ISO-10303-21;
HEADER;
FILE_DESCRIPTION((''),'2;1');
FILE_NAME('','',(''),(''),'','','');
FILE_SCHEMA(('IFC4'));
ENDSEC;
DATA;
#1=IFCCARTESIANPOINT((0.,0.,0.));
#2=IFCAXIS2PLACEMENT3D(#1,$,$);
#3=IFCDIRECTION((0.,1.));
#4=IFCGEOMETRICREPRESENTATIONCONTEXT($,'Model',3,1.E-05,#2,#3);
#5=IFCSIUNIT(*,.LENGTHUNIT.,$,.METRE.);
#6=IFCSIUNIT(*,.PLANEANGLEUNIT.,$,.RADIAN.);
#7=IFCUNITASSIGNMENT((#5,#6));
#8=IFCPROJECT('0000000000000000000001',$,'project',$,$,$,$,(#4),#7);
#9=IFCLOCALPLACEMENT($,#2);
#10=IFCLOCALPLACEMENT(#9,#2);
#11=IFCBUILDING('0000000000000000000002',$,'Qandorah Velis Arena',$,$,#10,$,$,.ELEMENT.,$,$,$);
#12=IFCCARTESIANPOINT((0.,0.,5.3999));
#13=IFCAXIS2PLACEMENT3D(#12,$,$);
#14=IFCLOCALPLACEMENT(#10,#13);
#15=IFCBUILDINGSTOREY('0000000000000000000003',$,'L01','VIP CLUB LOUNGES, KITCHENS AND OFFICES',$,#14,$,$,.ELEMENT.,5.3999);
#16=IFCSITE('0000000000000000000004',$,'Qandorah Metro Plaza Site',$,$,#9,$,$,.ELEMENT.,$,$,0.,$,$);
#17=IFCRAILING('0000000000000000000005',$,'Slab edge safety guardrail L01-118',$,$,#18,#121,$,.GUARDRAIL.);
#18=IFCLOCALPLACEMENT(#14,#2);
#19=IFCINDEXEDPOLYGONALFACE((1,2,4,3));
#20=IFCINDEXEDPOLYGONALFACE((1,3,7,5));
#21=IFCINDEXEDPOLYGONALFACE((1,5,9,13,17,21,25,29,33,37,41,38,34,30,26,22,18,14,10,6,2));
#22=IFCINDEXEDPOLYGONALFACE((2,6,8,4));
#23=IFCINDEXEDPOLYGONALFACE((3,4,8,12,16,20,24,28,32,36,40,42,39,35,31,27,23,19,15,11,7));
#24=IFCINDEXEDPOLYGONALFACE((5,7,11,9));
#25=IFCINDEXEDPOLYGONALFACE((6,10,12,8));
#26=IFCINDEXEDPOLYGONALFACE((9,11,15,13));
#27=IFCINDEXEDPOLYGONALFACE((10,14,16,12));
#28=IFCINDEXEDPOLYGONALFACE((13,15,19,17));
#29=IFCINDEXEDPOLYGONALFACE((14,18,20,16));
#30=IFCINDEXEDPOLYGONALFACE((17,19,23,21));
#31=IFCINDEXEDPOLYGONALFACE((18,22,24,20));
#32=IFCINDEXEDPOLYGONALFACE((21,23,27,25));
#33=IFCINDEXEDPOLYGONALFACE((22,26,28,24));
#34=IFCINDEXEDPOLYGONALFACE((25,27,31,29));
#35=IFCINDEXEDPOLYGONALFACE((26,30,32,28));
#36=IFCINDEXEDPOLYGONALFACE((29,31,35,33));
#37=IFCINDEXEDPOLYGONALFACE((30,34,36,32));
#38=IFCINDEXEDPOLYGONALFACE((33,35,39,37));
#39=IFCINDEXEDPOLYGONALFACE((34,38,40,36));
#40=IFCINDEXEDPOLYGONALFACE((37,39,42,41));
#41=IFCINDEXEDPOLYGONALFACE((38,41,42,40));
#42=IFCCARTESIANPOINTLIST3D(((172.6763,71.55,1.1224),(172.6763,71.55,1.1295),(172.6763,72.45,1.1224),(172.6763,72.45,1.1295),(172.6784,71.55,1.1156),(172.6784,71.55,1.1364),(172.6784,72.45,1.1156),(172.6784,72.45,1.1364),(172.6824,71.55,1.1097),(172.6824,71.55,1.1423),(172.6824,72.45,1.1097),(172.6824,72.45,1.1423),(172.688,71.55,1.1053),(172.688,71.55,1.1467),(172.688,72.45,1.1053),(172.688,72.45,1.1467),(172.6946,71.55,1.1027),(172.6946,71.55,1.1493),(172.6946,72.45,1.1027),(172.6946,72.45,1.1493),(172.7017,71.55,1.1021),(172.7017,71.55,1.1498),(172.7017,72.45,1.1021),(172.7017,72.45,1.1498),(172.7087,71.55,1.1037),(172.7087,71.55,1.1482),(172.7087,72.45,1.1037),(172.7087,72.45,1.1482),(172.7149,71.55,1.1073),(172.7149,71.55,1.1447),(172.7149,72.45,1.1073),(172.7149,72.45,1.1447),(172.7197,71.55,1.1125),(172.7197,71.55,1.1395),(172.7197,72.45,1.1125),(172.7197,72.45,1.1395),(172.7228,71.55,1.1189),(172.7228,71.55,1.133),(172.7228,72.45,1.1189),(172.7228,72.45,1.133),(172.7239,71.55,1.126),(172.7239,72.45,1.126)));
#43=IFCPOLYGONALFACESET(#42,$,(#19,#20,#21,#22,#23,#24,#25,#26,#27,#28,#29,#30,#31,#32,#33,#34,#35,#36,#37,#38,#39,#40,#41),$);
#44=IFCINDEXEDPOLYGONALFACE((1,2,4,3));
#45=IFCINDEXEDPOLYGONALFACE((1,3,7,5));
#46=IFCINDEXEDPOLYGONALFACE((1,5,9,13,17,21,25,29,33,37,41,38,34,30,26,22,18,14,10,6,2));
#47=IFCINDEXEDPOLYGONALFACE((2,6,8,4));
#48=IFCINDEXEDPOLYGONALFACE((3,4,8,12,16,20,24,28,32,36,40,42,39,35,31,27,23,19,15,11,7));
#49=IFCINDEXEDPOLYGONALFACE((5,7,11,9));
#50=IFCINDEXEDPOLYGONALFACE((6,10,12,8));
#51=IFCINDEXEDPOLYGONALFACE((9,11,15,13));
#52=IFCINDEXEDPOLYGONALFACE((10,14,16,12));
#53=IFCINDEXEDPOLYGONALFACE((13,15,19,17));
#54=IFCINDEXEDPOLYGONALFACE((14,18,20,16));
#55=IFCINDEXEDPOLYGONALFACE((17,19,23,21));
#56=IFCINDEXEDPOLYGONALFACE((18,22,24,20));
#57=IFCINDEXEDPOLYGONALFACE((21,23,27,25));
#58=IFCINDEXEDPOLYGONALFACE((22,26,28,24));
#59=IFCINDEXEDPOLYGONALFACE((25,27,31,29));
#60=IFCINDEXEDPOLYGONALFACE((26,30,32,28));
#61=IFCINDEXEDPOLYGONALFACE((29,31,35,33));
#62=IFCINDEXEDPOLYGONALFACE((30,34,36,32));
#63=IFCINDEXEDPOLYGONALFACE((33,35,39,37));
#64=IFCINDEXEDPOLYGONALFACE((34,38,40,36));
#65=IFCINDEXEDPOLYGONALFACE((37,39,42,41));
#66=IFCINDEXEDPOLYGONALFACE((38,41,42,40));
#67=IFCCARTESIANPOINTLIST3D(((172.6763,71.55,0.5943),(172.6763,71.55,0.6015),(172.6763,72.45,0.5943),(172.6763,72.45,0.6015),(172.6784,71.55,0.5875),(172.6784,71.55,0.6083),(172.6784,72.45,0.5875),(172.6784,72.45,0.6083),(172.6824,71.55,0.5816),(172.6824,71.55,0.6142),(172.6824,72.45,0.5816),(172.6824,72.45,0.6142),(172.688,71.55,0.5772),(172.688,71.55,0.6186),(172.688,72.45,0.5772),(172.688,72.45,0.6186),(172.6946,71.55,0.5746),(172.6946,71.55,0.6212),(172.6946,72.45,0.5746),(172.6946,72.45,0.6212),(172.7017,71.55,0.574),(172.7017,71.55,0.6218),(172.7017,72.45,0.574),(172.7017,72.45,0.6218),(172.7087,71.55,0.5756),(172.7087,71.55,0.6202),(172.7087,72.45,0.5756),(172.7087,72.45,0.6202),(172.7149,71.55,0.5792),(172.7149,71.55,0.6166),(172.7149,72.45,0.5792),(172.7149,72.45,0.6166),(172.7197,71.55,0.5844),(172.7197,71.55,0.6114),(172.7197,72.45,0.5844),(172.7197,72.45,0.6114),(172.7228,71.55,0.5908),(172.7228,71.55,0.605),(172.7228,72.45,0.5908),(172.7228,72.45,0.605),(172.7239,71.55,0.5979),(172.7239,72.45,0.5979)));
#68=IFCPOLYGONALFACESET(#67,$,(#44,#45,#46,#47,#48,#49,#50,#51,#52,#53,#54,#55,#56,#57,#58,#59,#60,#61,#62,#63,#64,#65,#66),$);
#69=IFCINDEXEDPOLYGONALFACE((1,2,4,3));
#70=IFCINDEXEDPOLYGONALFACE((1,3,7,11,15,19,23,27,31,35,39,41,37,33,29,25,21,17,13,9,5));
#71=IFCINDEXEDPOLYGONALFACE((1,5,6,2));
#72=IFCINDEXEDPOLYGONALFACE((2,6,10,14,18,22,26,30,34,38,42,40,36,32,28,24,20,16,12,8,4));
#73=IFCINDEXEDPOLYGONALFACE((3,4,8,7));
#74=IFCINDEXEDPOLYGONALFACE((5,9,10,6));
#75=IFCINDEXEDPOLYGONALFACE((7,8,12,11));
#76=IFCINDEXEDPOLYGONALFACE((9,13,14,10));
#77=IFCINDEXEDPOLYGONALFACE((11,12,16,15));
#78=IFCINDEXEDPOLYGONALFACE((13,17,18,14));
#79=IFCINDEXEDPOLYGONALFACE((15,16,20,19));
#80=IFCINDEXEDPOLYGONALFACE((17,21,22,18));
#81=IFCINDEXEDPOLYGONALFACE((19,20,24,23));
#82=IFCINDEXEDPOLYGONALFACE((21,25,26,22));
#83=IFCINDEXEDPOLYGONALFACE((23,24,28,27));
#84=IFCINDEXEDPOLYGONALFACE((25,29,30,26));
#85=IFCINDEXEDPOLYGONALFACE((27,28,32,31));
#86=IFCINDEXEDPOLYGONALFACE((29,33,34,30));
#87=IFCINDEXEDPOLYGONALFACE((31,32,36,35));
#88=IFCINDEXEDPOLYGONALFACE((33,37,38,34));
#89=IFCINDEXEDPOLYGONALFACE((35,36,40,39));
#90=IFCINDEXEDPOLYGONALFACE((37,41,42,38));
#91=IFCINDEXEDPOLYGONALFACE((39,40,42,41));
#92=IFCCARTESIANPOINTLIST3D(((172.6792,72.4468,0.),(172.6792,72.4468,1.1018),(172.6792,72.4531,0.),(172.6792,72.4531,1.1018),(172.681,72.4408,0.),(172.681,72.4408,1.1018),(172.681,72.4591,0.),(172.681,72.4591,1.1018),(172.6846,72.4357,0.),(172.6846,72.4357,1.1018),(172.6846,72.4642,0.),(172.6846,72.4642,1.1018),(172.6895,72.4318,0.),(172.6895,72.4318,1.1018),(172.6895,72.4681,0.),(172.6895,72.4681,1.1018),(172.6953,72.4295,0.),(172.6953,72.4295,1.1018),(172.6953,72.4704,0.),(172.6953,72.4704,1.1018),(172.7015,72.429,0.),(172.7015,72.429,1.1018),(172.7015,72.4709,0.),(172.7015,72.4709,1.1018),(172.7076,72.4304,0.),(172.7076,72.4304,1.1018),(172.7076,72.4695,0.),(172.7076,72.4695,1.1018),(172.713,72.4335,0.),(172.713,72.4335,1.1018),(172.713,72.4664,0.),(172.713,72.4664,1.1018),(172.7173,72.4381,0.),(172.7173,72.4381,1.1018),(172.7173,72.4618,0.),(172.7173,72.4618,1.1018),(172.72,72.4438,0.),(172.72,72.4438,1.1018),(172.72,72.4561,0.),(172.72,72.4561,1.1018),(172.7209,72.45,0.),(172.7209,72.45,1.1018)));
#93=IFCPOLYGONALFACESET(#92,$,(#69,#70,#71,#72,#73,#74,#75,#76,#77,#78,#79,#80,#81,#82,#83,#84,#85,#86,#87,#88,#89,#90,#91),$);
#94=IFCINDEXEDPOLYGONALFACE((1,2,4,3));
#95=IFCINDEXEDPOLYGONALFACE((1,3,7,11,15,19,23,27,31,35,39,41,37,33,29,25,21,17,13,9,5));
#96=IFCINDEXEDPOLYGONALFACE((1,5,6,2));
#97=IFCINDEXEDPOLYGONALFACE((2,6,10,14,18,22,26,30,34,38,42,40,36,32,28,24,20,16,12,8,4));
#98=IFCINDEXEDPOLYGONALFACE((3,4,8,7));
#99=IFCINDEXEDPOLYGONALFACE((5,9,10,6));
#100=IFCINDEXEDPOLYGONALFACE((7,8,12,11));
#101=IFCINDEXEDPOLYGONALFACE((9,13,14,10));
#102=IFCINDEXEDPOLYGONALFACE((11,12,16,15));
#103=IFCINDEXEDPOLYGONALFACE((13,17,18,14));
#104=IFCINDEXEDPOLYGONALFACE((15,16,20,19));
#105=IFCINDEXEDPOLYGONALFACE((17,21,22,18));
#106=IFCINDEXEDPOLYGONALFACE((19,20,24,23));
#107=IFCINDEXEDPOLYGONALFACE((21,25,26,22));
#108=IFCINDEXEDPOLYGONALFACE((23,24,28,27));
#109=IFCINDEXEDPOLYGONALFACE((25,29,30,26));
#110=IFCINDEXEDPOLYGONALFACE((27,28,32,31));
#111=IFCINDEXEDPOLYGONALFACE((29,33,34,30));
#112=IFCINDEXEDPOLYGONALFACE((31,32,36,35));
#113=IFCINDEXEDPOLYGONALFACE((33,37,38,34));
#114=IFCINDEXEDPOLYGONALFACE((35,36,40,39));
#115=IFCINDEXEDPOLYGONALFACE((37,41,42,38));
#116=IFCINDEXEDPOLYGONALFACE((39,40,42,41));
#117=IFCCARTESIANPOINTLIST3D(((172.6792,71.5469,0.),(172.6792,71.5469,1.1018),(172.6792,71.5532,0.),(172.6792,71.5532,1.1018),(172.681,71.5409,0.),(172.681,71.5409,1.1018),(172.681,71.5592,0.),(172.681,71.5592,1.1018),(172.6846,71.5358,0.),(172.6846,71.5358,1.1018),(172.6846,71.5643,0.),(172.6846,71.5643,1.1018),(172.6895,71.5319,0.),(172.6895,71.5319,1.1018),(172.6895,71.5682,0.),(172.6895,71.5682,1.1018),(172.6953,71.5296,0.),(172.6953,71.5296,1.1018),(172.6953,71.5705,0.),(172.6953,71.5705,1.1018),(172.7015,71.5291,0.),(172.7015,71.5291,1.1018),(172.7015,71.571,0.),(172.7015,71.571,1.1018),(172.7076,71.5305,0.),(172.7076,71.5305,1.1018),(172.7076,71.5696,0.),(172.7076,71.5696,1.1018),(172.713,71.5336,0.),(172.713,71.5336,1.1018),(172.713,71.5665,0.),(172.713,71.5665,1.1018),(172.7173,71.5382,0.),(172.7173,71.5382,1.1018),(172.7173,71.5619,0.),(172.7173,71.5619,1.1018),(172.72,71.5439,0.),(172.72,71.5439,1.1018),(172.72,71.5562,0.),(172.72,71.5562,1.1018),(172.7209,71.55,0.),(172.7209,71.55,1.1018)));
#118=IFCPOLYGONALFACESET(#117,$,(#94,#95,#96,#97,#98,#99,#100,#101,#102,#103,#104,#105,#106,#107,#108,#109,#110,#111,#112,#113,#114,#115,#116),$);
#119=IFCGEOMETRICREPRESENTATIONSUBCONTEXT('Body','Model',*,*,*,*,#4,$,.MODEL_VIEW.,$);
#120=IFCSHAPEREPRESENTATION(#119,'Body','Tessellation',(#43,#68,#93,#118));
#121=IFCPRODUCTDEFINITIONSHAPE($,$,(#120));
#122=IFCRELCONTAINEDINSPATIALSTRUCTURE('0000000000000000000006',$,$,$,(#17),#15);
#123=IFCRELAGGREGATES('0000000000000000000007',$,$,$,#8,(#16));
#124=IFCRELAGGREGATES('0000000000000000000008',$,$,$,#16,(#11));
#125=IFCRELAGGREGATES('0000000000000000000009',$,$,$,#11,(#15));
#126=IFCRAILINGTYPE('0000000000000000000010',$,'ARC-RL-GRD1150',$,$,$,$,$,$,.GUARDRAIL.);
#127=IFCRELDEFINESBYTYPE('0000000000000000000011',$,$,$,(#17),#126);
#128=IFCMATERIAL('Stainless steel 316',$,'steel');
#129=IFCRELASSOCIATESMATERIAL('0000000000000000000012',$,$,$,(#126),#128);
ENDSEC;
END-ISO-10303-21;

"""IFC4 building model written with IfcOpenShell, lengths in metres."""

from ifc_helpers import new_model, si_unit, direction, frame, origin, origin_2d, place, context, subcontext, project, spatial, circle, extrude, material, type_object, element, save


model = new_model("IFC4")

# Units and contexts
model_context = context("Model", 3, precision=1e-05, world=origin(), true_north=direction((0.0, 1.0)))
body_context = subcontext(model_context, "Body", "Model", "MODEL_VIEW")
ifc_project = project(units=[si_unit("LENGTHUNIT", "METRE"), si_unit("PLANEANGLEUNIT", "RADIAN")], contexts=[model_context])

# Site, building, storey
site_placement = place(None, origin())
site = spatial("IfcSite", under=ifc_project, at=site_placement, Name="Qandorah Metro Plaza Site", CompositionType="ELEMENT", RefElevation=0.0)
building_placement = place(site_placement, origin())
building = spatial("IfcBuilding", under=site, at=building_placement, Name="Qandorah Velis Arena", CompositionType="ELEMENT")
storey_placement = place(building_placement, frame((0.0, 0.0, 5.3999)))
storey = spatial("IfcBuildingStorey", under=building, at=storey_placement, Name="L01", Description="VIP CLUB LOUNGES, KITCHENS AND OFFICES", CompositionType="ELEMENT", Elevation=5.3999)

# Railing
ifc_material_1 = material(Name="Stainless steel 316", Category="steel")
railing_type = type_object("IfcRailingType", Name="ARC-RL-GRD1150", PredefinedType="GUARDRAIL", material=ifc_material_1)
railing_1_placement = place(storey_placement, frame((172.7, 72.45, 0.0)))
element("IfcRailing", 1, at=railing_1_placement, inside=storey, type_object=railing_type, Name="Slab edge safety guardrail L01-118", PredefinedType="GUARDRAIL", context=body_context, shape_type="SweptSolid", body=[
    extrude(circle(Radius=0.0239, at=origin_2d()), frame((0.0, 0.0, 1.126), z_axis=(0.0, -1.0, 0.0), x_axis=(1.0, 0.0, 0.0)), (0.0, 0.0, 1.0), 0.8999),
    extrude(circle(Radius=0.0239, at=origin_2d()), frame((0.0, 0.0, 0.5979), z_axis=(0.0, -1.0, 0.0), x_axis=(1.0, 0.0, 0.0)), (0.0, 0.0, 1.0), 0.8999),
    extrude(circle(Radius=0.021, at=origin_2d()), origin(), (0.0, 0.0, 1.0), 1.1018),
    extrude(circle(Radius=0.021, at=origin_2d()), frame((0.0, -0.8999, 0.0)), (0.0, 0.0, 1.0), 1.1018),
])

save(model, "model.ifc")
